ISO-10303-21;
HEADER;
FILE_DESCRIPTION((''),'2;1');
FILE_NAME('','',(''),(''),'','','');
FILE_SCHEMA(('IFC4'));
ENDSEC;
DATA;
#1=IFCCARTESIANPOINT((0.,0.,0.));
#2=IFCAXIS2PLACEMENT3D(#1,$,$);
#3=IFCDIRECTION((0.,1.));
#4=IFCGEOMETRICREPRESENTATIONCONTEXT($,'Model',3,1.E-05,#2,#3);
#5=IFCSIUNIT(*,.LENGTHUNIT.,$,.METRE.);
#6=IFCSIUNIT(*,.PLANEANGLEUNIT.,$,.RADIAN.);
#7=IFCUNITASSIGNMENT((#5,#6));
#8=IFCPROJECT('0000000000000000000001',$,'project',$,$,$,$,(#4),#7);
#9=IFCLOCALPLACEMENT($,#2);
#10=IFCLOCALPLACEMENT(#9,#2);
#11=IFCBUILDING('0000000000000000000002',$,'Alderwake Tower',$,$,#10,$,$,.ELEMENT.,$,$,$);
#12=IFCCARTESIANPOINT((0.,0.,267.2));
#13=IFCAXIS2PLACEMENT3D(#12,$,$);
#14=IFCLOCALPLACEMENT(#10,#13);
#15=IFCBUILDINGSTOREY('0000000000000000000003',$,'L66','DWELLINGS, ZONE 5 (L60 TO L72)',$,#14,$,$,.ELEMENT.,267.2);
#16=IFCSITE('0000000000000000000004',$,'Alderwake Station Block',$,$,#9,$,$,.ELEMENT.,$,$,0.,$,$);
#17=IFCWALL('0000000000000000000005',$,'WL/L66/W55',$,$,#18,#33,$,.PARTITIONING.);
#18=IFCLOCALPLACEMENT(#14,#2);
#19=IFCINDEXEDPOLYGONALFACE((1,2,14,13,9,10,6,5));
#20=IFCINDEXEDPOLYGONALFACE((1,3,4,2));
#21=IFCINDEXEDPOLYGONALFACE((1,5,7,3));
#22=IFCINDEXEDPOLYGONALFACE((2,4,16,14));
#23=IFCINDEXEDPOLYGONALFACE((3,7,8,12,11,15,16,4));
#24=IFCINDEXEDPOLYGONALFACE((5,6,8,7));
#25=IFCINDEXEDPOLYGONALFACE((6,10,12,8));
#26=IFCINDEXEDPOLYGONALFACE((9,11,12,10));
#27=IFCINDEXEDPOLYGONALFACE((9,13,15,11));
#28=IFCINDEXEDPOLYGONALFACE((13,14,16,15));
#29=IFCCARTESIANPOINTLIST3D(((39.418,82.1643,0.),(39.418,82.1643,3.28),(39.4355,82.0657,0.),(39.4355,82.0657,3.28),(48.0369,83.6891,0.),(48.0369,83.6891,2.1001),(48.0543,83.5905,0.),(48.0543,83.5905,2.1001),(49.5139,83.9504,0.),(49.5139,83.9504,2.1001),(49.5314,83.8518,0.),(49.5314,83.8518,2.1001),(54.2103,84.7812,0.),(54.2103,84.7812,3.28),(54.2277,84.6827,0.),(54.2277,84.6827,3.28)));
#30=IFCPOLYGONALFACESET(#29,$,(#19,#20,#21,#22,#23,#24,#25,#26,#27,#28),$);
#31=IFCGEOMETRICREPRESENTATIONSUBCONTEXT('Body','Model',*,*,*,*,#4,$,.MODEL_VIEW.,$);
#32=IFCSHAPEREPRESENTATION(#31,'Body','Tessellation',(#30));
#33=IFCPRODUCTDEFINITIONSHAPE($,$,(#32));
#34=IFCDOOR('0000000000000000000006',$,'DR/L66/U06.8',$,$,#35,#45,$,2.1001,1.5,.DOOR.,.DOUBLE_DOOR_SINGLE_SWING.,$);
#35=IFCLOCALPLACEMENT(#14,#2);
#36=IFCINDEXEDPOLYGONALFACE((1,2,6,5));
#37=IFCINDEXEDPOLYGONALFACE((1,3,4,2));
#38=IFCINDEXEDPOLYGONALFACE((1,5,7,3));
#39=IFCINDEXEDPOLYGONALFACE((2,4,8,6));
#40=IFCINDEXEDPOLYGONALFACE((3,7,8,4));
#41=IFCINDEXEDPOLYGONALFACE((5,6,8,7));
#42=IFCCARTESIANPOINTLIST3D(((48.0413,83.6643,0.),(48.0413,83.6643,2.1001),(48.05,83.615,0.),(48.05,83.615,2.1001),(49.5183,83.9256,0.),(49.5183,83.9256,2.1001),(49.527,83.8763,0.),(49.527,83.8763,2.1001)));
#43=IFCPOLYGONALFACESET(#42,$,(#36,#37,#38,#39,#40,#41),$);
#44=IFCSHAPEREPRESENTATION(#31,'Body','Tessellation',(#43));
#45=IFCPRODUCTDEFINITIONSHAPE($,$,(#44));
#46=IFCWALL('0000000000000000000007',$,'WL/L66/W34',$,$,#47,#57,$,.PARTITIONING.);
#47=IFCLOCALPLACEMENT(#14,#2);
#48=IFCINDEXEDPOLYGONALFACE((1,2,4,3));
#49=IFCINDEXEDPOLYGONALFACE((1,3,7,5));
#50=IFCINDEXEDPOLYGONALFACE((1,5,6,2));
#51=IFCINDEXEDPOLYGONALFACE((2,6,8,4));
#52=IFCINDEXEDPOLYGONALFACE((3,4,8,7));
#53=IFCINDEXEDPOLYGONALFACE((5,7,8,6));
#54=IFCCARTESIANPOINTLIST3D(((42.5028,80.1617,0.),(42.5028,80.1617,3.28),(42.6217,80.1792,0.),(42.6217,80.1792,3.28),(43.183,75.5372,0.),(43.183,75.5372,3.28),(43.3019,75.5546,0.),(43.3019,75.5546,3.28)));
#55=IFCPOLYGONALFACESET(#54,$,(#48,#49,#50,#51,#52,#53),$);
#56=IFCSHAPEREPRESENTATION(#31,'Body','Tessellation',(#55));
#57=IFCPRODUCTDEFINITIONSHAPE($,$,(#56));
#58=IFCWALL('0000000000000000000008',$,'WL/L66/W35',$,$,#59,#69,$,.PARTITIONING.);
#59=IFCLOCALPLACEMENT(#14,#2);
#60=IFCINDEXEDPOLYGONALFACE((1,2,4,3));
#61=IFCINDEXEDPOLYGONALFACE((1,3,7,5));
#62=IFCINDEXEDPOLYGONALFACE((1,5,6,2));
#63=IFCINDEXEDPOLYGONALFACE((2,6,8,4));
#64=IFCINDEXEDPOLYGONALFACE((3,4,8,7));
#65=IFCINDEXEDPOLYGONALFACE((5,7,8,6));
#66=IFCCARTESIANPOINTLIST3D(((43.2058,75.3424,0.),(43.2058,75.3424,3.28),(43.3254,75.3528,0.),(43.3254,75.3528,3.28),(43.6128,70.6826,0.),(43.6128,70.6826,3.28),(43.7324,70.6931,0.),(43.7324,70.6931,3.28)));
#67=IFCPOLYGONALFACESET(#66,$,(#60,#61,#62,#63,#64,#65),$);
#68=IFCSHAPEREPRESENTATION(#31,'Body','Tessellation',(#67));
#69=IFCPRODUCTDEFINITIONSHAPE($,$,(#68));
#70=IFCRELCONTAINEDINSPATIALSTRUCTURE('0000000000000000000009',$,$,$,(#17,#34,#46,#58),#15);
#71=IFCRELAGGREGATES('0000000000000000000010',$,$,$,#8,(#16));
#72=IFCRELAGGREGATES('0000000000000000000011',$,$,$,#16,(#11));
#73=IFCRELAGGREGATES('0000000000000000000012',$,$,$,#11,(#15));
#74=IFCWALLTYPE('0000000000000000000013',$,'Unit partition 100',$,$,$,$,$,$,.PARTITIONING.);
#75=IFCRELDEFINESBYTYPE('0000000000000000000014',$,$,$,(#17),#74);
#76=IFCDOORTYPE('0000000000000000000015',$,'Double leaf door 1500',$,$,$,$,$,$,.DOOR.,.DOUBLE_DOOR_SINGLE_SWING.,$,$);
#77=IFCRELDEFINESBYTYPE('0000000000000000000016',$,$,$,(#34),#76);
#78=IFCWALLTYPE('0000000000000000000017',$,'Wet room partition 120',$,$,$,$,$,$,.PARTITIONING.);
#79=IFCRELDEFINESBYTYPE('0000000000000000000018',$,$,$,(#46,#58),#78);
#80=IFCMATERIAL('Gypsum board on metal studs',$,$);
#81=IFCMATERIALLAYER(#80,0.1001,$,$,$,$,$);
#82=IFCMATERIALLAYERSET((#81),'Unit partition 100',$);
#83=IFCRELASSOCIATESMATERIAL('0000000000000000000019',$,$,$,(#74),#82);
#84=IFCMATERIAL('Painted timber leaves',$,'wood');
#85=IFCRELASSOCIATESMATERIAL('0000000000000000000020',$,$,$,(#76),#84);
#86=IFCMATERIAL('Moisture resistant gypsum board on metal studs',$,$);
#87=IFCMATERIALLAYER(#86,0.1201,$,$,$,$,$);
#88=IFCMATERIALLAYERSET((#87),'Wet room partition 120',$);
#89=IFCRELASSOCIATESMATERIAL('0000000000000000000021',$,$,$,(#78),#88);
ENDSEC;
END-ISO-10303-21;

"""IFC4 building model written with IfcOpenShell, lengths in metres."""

from ifc_helpers import new_model, si_unit, direction, frame, frame_2d, origin, place, context, subcontext, project, spatial, rectangle, extrude, material, layer, layer_set, type_object, element, fill, save


model = new_model("IFC4")

# Units and contexts
model_context = context("Model", 3, precision=1e-05, world=origin(), true_north=direction((0.0, 1.0)))
body_context = subcontext(model_context, "Body", "Model", "MODEL_VIEW")
ifc_project = project(units=[si_unit("LENGTHUNIT", "METRE"), si_unit("PLANEANGLEUNIT", "RADIAN")], contexts=[model_context])

# Site, building, storey
site_placement = place(None, origin())
site = spatial("IfcSite", under=ifc_project, at=site_placement, Name="Alderwake Station Block", CompositionType="ELEMENT", RefElevation=0.0)
building_placement = place(site_placement, origin())
building = spatial("IfcBuilding", under=site, at=building_placement, Name="Alderwake Tower", CompositionType="ELEMENT")
storey_placement = place(building_placement, frame((0.0, 0.0, 267.2)))
storey = spatial("IfcBuildingStorey", under=building, at=storey_placement, Name="L66", Description="DWELLINGS, ZONE 5 (L60 TO L72)", CompositionType="ELEMENT", Elevation=267.2)

# Shared definitions
ifc_material_1 = material(Name="Gypsum board on metal studs")
ifc_layer_1 = layer(ifc_material_1, 0.1001)
ifc_layer_set_1 = layer_set([ifc_layer_1], Name="Unit partition 100")
wall_type_1 = type_object("IfcWallType", Name="Unit partition 100", PredefinedType="PARTITIONING", material=ifc_layer_set_1)

# Wall, opening, door
wall_1_placement = place(storey_placement, frame((39.4268, 82.115, 0.0), z_axis=(0.0, 0.0, 1.0), x_axis=(0.984709, 0.174208, 0.0)))
wall_1 = element("IfcWall", 1, at=wall_1_placement, inside=storey, type_object=wall_type_1, Name="WL/L66/W55", PredefinedType="PARTITIONING", context=body_context, shape_type="SweptSolid", body=[
    extrude(rectangle(XDim=15.022, YDim=0.1001, at=frame_2d((7.511, 0.0))), origin(), (0.0, 0.0, 1.0), 3.28),
])
opening_1_placement = place(wall_1_placement, frame((8.7527, 0.0, 0.0)))
opening_1 = element("IfcOpeningElement", 2, at=opening_1_placement, cuts=wall_1, PredefinedType="OPENING", context=body_context, shape_type="SweptSolid", body=[
    extrude(rectangle(XDim=1.5, YDim=2.1001, at=frame_2d((0.75, 1.05))), frame((0.0, 0.0601, 0.0), z_axis=(0.0, -1.0, 0.0), x_axis=(1.0, 0.0, 0.0)), (0.0, 0.0, 1.0), 0.1201),
])
ifc_material_2 = material(Name="Painted timber leaves", Category="wood")
door_type_1 = type_object("IfcDoorType", Name="Double leaf door 1500", OperationType="DOUBLE_DOOR_SINGLE_SWING", PredefinedType="DOOR", material=ifc_material_2)
door_1_placement = place(opening_1_placement, origin())
door_1 = element("IfcDoor", 3, at=door_1_placement, inside=storey, type_object=door_type_1, Name="DR/L66/U06.8", OperationType="DOUBLE_DOOR_SINGLE_SWING", OverallHeight=2.1001, OverallWidth=1.5, PredefinedType="DOOR", context=body_context, shape_type="SweptSolid", body=[
    extrude(rectangle(XDim=1.5, YDim=2.1001, at=frame_2d((0.75, 1.05))), frame((0.0, 0.0249, 0.0), z_axis=(0.0, -1.0, 0.0), x_axis=(1.0, 0.0, 0.0)), (0.0, 0.0, 1.0), 0.05),
])
fill(opening_1, door_1)

# Walls
ifc_material_3 = material(Name="Moisture resistant gypsum board on metal studs")
ifc_layer_2 = layer(ifc_material_3, 0.1201)
ifc_layer_set_2 = layer_set([ifc_layer_2], Name="Wet room partition 120")
wall_type_2 = type_object("IfcWallType", Name="Wet room partition 120", PredefinedType="PARTITIONING", material=ifc_layer_set_2)
wall_2_placement = place(storey_placement, frame((43.2424, 75.5459, 0.0), z_axis=(0.0, 0.0, 1.0), x_axis=(-0.145515, 0.989356, 0.0)))
element("IfcWall", 4, at=wall_2_placement, inside=storey, type_object=wall_type_2, Name="WL/L66/W34", PredefinedType="PARTITIONING", context=body_context, shape_type="SweptSolid", body=[
    extrude(rectangle(XDim=4.6743, YDim=0.1201, at=frame_2d((2.3372, 0.0))), origin(), (0.0, 0.0, 1.0), 3.28),
])
wall_3_placement = place(storey_placement, frame((43.6726, 70.6877, 0.0), z_axis=(0.0, 0.0, 1.0), x_axis=(-0.08701, 0.996207, 0.0)))
element("IfcWall", 5, at=wall_3_placement, inside=storey, type_object=wall_type_2, Name="WL/L66/W35", PredefinedType="PARTITIONING", context=body_context, shape_type="SweptSolid", body=[
    extrude(rectangle(XDim=4.6775, YDim=0.1201, at=frame_2d((2.3389, 0.0))), origin(), (0.0, 0.0, 1.0), 3.28),
])

save(model, "model.ifc")
